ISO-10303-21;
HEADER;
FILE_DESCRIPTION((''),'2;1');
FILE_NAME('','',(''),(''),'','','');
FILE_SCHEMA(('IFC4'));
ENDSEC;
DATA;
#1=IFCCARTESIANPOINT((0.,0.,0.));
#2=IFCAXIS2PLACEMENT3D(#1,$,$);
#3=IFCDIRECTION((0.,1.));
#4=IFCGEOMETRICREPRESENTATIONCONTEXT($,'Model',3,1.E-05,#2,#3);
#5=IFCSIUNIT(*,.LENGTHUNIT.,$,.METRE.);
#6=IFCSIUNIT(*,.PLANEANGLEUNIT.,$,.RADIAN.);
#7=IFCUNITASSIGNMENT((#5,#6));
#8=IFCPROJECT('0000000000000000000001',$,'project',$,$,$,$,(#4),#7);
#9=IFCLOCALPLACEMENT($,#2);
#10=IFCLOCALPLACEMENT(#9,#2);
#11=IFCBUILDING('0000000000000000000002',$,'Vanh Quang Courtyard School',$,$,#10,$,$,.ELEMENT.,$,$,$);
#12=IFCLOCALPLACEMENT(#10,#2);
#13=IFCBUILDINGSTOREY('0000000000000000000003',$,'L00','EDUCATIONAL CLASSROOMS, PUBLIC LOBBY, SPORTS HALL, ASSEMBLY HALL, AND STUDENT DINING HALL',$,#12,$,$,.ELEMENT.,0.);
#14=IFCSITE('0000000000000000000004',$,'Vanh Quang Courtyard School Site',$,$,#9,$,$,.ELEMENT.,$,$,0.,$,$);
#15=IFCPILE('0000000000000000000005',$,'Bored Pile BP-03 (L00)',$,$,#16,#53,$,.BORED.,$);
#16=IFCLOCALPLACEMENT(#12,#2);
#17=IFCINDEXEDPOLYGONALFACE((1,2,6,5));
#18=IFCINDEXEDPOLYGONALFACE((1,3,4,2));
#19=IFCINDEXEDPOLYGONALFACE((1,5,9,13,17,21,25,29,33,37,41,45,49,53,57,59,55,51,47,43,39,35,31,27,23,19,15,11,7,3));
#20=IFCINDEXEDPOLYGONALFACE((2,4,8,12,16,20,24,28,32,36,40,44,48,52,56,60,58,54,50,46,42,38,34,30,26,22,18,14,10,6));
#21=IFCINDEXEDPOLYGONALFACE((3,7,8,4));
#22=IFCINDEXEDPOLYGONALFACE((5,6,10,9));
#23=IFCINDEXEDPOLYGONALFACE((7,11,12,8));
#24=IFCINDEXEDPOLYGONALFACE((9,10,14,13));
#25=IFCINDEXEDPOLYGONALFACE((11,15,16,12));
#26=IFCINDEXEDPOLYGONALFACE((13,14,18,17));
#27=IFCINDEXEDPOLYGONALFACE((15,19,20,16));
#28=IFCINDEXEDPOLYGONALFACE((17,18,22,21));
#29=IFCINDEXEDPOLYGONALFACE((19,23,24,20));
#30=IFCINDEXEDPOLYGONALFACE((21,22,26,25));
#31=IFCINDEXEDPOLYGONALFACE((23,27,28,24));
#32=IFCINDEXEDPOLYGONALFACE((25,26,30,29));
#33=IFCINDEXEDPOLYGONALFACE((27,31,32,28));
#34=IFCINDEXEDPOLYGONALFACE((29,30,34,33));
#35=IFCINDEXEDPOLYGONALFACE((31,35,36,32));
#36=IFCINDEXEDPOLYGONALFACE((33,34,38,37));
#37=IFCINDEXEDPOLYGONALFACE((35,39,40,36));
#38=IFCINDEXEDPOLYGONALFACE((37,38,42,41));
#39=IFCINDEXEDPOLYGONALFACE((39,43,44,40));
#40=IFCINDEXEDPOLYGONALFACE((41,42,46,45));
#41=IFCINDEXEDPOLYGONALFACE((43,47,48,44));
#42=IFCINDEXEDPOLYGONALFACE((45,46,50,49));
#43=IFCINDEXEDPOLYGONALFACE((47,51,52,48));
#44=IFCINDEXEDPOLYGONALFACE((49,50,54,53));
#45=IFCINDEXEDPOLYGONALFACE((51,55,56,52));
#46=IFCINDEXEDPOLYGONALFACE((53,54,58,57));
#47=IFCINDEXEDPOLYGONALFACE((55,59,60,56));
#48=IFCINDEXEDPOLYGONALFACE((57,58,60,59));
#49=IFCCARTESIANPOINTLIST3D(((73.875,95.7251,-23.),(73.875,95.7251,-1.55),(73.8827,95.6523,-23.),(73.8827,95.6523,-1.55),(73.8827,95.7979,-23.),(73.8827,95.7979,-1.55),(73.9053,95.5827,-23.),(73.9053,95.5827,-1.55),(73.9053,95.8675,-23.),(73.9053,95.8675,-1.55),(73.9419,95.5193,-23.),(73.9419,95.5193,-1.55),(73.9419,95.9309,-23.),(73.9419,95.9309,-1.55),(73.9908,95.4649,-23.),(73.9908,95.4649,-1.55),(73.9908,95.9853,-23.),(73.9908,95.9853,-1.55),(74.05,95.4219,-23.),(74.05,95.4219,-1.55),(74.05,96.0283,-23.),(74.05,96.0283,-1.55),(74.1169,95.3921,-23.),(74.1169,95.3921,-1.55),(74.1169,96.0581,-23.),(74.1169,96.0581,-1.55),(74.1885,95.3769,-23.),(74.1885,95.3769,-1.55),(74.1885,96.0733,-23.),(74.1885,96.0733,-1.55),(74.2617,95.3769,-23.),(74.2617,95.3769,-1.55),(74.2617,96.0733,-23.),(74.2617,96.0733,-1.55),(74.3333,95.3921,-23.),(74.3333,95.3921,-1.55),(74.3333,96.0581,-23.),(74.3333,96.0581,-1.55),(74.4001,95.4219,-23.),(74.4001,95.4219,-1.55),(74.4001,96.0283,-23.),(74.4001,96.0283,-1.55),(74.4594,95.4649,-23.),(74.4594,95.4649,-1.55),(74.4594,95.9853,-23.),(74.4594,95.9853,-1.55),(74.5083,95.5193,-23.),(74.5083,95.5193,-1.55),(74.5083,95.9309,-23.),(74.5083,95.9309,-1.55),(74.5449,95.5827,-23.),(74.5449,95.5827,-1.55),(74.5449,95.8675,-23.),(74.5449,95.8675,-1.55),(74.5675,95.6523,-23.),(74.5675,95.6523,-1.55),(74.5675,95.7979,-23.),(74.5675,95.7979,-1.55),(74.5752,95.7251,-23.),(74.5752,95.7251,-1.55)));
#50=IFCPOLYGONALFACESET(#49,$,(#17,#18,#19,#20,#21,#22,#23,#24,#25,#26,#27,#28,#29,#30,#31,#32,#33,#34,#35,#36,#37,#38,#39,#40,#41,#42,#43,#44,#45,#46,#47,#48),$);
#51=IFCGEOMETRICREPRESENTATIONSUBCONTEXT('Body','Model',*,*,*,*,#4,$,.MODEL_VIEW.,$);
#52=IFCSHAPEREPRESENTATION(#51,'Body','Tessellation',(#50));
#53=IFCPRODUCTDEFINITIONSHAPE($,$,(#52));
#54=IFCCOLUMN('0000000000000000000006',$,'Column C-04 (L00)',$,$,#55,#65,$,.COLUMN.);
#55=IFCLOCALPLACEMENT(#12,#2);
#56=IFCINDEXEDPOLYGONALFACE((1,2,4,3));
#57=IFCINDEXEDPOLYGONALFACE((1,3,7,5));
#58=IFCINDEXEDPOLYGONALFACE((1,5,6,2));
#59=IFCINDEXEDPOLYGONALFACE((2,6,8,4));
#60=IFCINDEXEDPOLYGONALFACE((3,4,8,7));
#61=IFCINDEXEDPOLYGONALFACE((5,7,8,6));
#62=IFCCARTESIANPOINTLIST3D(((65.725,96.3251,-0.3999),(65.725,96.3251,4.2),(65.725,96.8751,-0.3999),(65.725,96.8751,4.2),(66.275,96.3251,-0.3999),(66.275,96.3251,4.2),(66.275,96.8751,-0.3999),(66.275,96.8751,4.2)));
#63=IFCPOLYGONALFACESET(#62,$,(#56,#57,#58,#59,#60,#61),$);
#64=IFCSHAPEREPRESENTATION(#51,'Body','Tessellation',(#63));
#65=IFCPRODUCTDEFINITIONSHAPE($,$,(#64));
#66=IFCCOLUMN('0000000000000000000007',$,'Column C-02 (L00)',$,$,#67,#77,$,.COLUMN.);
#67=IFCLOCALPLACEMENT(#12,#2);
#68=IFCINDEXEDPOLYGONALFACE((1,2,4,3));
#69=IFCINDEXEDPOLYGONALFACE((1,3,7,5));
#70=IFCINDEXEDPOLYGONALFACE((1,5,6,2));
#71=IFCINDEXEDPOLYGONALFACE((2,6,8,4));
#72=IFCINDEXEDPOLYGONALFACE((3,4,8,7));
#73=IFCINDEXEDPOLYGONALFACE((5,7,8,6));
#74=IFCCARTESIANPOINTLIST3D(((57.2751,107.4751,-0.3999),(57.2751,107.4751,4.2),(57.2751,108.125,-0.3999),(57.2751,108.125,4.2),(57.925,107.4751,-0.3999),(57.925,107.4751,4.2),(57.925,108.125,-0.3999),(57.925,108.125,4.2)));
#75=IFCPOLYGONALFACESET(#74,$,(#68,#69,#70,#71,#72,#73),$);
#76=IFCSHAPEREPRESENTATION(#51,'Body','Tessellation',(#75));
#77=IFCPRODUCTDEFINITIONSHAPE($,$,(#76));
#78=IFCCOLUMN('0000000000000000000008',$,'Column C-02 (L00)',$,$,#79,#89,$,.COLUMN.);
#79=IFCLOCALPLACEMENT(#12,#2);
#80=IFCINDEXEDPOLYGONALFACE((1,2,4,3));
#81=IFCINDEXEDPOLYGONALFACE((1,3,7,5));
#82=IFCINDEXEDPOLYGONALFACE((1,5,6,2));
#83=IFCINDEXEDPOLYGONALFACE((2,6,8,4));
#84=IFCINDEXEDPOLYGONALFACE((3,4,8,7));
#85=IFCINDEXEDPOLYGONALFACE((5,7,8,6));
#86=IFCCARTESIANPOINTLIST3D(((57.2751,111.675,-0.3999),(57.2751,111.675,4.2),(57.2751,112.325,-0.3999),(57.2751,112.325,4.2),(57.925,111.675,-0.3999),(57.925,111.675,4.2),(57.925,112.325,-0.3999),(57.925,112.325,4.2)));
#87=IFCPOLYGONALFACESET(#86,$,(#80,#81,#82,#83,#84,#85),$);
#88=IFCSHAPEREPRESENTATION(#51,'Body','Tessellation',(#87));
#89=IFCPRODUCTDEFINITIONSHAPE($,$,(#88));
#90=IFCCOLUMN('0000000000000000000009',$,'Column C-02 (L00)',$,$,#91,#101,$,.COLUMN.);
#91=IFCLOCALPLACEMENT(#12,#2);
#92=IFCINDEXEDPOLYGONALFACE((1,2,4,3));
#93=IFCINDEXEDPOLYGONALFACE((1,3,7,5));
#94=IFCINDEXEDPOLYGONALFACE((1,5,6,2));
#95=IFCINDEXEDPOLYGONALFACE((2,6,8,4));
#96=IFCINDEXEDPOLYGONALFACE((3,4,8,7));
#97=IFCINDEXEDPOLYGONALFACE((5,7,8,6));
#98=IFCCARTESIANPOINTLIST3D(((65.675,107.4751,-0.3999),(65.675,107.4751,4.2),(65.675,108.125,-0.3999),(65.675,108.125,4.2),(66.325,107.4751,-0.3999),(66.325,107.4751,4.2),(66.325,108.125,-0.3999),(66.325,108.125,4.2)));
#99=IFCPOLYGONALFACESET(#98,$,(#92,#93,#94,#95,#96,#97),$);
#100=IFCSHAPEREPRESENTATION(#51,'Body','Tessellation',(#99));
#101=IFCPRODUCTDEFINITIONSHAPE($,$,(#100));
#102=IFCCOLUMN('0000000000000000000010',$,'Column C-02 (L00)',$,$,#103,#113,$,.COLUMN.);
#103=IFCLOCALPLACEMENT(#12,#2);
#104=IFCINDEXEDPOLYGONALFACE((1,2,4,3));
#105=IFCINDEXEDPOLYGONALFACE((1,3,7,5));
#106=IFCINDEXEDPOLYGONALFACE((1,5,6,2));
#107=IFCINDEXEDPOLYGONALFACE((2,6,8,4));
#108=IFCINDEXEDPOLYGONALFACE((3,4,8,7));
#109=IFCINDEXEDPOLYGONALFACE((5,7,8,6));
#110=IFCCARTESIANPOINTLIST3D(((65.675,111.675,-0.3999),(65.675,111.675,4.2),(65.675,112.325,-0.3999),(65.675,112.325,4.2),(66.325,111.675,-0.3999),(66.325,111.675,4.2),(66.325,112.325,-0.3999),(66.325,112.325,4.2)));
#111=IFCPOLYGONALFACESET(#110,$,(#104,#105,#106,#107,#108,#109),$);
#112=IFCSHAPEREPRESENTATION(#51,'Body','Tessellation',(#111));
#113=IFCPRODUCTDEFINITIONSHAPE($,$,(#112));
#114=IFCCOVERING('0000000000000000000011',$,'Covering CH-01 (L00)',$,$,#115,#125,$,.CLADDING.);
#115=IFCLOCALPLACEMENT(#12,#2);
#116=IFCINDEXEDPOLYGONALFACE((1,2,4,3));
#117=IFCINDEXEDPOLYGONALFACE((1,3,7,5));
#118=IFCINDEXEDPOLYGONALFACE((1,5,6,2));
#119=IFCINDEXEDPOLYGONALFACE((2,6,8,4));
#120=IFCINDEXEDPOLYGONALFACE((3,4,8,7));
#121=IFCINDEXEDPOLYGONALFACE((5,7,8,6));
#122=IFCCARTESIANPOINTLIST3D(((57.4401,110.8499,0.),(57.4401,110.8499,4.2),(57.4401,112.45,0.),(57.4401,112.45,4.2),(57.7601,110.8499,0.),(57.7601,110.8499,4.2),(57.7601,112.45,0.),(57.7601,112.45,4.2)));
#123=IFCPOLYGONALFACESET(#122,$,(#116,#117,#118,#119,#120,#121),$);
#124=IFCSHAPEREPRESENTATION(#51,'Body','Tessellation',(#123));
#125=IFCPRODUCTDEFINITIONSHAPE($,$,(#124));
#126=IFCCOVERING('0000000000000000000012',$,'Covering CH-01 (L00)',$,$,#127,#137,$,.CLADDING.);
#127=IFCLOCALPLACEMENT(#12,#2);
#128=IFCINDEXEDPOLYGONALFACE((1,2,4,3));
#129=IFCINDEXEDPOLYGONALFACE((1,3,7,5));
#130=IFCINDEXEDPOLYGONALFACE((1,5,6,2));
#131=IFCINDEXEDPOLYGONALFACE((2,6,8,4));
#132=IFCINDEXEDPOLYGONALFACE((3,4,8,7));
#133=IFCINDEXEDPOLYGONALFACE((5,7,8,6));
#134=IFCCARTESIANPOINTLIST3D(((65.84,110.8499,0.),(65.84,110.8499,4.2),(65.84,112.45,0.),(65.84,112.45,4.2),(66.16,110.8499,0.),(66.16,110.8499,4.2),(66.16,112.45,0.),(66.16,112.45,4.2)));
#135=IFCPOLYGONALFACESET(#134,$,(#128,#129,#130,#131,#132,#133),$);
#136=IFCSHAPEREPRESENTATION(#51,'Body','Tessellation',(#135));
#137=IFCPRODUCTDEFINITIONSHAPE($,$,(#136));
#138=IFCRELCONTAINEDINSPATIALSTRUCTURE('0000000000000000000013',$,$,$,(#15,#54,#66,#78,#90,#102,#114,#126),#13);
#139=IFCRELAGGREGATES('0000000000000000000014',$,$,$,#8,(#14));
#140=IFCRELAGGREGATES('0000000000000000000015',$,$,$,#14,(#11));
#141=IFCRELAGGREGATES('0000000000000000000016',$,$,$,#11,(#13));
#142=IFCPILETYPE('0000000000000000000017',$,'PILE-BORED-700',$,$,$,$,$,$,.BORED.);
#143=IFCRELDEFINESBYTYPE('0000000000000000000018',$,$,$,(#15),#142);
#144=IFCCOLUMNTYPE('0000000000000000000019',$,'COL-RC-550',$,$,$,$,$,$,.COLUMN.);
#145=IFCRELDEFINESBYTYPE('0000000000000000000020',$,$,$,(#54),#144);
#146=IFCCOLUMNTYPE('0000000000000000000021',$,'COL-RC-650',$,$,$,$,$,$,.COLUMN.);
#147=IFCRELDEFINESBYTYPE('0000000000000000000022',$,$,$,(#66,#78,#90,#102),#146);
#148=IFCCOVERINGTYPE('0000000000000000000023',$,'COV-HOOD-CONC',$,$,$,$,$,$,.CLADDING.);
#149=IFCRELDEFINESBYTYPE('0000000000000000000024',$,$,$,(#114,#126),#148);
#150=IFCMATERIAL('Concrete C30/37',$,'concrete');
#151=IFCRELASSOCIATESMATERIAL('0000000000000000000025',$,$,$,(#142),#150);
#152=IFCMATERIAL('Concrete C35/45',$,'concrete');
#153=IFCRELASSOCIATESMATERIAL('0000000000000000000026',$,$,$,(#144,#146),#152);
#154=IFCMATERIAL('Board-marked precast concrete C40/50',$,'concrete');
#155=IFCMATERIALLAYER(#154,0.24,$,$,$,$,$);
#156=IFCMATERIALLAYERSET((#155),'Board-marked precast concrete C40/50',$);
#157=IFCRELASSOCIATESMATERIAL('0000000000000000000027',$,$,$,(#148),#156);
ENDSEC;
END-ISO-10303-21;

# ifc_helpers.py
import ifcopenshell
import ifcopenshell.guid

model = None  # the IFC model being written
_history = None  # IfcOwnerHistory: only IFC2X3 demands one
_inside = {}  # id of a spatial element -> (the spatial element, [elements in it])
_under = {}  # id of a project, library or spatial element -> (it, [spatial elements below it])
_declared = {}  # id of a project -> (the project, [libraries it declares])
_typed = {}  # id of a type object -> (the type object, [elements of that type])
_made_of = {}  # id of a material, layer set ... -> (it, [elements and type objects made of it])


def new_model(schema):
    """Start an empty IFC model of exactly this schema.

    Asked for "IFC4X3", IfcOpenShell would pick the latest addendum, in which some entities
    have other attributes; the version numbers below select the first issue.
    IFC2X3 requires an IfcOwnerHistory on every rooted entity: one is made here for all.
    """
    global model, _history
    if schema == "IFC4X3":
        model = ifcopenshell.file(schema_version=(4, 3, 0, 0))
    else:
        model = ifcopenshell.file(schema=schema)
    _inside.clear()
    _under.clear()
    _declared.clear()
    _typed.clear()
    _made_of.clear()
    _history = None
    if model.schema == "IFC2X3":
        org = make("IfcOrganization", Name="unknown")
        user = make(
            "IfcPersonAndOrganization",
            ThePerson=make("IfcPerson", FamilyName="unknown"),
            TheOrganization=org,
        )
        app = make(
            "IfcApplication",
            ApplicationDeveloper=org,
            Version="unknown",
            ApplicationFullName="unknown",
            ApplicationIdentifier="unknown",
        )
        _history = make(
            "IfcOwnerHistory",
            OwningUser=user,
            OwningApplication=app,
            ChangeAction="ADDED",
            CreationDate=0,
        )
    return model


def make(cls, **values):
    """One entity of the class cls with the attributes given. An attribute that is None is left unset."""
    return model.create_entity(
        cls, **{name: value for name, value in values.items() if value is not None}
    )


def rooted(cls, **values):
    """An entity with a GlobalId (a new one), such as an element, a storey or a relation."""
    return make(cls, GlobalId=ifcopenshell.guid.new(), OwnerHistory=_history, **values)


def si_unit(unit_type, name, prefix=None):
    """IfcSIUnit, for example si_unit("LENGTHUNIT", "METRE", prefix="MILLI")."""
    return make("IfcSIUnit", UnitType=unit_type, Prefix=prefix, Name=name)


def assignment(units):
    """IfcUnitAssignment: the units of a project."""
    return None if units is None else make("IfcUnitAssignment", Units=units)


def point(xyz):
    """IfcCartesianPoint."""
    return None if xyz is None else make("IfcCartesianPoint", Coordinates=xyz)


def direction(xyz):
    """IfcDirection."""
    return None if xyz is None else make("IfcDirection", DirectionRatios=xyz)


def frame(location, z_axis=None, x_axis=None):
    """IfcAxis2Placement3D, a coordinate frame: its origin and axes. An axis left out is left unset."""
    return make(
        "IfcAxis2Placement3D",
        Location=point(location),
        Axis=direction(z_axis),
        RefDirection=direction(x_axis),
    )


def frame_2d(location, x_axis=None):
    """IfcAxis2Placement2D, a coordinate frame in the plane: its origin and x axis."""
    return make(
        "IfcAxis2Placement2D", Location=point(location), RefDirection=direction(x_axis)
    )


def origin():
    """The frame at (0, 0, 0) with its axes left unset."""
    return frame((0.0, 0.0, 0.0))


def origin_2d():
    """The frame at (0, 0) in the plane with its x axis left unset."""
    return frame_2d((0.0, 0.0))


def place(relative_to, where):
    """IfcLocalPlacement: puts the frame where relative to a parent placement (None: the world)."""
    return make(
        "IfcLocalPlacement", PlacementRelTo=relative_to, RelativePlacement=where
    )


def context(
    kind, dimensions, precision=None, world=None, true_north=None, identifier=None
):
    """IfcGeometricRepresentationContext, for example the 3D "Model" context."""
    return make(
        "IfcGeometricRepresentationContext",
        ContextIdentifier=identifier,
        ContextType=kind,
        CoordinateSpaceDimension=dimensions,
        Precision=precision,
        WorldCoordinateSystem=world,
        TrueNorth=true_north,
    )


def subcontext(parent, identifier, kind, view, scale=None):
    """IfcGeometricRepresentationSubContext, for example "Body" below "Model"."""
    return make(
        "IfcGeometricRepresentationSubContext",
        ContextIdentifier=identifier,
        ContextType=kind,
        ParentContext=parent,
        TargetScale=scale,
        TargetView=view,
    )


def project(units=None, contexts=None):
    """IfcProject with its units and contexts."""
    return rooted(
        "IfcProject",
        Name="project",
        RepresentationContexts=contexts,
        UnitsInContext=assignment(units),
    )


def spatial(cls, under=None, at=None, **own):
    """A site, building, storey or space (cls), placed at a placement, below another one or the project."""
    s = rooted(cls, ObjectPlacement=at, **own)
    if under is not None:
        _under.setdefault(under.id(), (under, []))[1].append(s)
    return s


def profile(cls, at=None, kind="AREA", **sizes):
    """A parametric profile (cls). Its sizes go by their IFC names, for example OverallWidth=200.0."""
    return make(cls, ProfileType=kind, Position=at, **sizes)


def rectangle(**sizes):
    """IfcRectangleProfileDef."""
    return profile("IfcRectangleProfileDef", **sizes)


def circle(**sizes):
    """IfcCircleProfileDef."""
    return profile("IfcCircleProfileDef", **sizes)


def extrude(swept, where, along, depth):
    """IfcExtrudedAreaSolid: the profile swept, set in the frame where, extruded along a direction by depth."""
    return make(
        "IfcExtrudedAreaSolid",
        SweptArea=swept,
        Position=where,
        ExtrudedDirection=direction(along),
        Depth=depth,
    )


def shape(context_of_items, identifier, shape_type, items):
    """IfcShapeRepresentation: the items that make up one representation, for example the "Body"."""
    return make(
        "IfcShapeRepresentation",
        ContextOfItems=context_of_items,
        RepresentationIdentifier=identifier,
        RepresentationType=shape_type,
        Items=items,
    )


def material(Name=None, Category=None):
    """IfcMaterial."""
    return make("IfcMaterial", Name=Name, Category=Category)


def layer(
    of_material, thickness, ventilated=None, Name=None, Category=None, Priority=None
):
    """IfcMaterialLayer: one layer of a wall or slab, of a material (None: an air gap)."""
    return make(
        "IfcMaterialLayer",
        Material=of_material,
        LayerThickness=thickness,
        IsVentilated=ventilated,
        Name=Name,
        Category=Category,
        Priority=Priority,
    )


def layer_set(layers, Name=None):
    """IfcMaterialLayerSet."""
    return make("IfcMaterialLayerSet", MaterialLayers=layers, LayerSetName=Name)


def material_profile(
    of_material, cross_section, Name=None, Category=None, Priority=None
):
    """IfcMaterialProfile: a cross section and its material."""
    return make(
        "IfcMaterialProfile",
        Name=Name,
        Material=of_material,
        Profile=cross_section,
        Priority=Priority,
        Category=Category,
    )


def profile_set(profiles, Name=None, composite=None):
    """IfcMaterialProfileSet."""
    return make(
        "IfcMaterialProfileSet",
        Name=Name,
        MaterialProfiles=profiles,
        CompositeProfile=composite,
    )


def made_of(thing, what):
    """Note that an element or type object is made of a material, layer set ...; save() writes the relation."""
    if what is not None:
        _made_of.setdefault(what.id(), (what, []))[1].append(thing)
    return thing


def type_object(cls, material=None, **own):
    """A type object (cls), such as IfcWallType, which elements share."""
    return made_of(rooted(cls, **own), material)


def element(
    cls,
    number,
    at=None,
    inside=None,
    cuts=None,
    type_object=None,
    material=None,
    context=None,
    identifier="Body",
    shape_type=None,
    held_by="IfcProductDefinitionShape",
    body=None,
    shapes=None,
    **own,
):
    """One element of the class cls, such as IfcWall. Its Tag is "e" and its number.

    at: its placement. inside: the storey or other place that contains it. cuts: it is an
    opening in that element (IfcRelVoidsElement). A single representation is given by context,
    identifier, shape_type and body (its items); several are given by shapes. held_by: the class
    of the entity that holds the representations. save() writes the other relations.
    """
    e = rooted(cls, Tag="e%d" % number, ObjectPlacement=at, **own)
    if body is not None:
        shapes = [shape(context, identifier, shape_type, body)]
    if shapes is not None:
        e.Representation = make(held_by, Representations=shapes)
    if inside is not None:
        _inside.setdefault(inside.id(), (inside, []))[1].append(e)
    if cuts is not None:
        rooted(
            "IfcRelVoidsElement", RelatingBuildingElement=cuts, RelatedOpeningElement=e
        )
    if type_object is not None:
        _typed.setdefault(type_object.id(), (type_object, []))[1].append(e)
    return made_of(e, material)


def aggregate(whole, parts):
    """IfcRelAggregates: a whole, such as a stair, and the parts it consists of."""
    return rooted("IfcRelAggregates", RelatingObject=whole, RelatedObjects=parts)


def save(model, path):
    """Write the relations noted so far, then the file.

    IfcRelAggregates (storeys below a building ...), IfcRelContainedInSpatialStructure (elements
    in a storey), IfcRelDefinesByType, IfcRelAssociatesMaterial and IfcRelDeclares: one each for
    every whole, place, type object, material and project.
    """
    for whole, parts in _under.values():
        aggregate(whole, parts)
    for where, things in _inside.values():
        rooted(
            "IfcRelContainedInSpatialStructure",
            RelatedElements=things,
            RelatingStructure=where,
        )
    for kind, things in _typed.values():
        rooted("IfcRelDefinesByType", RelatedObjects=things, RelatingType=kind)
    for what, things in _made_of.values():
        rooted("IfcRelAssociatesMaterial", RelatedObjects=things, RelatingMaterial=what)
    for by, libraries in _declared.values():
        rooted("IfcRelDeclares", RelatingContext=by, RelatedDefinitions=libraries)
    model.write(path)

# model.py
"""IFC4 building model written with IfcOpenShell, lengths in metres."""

from ifc_helpers import new_model, si_unit, direction, frame, origin, origin_2d, place, context, subcontext, project, spatial, rectangle, circle, extrude, material, layer, layer_set, material_profile, profile_set, type_object, element, save


model = new_model("IFC4")

# Units and contexts
model_context = context("Model", 3, precision=1e-05, world=origin(), true_north=direction((0.0, 1.0)))
body_context = subcontext(model_context, "Body", "Model", "MODEL_VIEW")
ifc_project = project(units=[si_unit("LENGTHUNIT", "METRE"), si_unit("PLANEANGLEUNIT", "RADIAN")], contexts=[model_context])

# Site, building, storey
site_placement = place(None, origin())
site = spatial("IfcSite", under=ifc_project, at=site_placement, Name="Vanh Quang Courtyard School Site", CompositionType="ELEMENT", RefElevation=0.0)
building_placement = place(site_placement, origin())
building = spatial("IfcBuilding", under=site, at=building_placement, Name="Vanh Quang Courtyard School", CompositionType="ELEMENT")
storey_placement = place(building_placement, origin())
storey = spatial("IfcBuildingStorey", under=building, at=storey_placement, Name="L00", Description="EDUCATIONAL CLASSROOMS, PUBLIC LOBBY, SPORTS HALL, ASSEMBLY HALL, AND STUDENT DINING HALL", CompositionType="ELEMENT", Elevation=0.0)

# Shared definitions
ifc_material_1 = material(Name="Concrete C35/45", Category="concrete")

# Pile
ifc_material_2 = material(Name="Concrete C30/37", Category="concrete")
ifc_material_profile_1 = material_profile(ifc_material_2, circle(Radius=0.3501, at=origin_2d()), Name="PILE D700")
ifc_profile_set_1 = profile_set([ifc_material_profile_1], Name="Concrete C30/37")
pile_type_1 = type_object("IfcPileType", Name="PILE-BORED-700", PredefinedType="BORED", material=ifc_profile_set_1)
pile_placement = place(storey_placement, frame((74.2251, 95.7251, -1.55), z_axis=(0.0, 0.0, -1.0), x_axis=(1.0, 0.0, 0.0)))
element("IfcPile", 1, at=pile_placement, inside=storey, type_object=pile_type_1, Name="Bored Pile BP-03 (L00)", PredefinedType="BORED", context=body_context, shape_type="SweptSolid", body=[
    extrude(circle(Radius=0.3501, at=origin_2d()), origin(), (0.0, 0.0, 1.0), 21.45),
])

# Columns
ifc_material_profile_2 = material_profile(ifc_material_1, rectangle(XDim=0.55, YDim=0.55, at=origin_2d()), Name="RC-COL 550x550")
ifc_profile_set_2 = profile_set([ifc_material_profile_2], Name="Concrete C35/45")
column_type_1 = type_object("IfcColumnType", Name="COL-RC-550", PredefinedType="COLUMN", material=ifc_profile_set_2)
column_placement = place(storey_placement, frame((66.0, 96.6001, -0.3999), z_axis=(0.0, 0.0, 1.0), x_axis=(1.0, 0.0, 0.0)))
element("IfcColumn", 2, at=column_placement, inside=storey, type_object=column_type_1, Name="Column C-04 (L00)", PredefinedType="COLUMN", context=body_context, shape_type="SweptSolid", body=[
    extrude(rectangle(XDim=0.55, YDim=0.55, at=origin_2d()), origin(), (0.0, 0.0, 1.0), 4.5999),
])
ifc_material_profile_3 = material_profile(ifc_material_1, rectangle(XDim=0.6499, YDim=0.6499, at=origin_2d()), Name="RC-COL 650x650")
ifc_profile_set_3 = profile_set([ifc_material_profile_3], Name="Concrete C35/45")
column_type_2 = type_object("IfcColumnType", Name="COL-RC-650", PredefinedType="COLUMN", material=ifc_profile_set_3)
for number, where, z_axis, x_axis, name in (
    (3, (57.6001, 107.8, -0.3999), (0.0, 0.0, 1.0), (1.0, 0.0, 0.0), "Column C-02 (L00)"),
    (4, (57.6001, 112.0, -0.3999), (0.0, 0.0, 1.0), (1.0, 0.0, 0.0), "Column C-02 (L00)"),
    (5, (66.0, 107.8, -0.3999), (0.0, 0.0, 1.0), (1.0, 0.0, 0.0), "Column C-02 (L00)"),
    (6, (66.0, 112.0, -0.3999), (0.0, 0.0, 1.0), (1.0, 0.0, 0.0), "Column C-02 (L00)"),
):
    element("IfcColumn", number, at=place(storey_placement, frame(where, z_axis=z_axis, x_axis=x_axis)), inside=storey, type_object=column_type_2, Name=name, PredefinedType="COLUMN", context=body_context, shape_type="SweptSolid", body=[
        extrude(rectangle(XDim=0.6499, YDim=0.6499, at=origin_2d()), origin(), (0.0, 0.0, 1.0), 4.5999),
    ])

# Coverings
ifc_material_3 = material(Name="Board-marked precast concrete C40/50", Category="concrete")
ifc_layer = layer(ifc_material_3, 0.24)
ifc_layer_set = layer_set([ifc_layer], Name="Board-marked precast concrete C40/50")
covering_type = type_object("IfcCoveringType", Name="COV-HOOD-CONC", PredefinedType="CLADDING", material=ifc_layer_set)
for number, where, z_axis, x_axis, name in (
    (7, (57.6001, 111.6499, 0.0), (0.0, 0.0, 1.0), (0.0, 1.0, 0.0), "Covering CH-01 (L00)"),
    (8, (66.0, 111.6499, 0.0), (0.0, 0.0, 1.0), (0.0, 1.0, 0.0), "Covering CH-01 (L00)"),
):
    element("IfcCovering", number, at=place(storey_placement, frame(where, z_axis=z_axis, x_axis=x_axis)), inside=storey, type_object=covering_type, Name=name, PredefinedType="CLADDING", context=body_context, shape_type="SweptSolid", body=[
        extrude(rectangle(XDim=1.6001, YDim=0.3201, at=origin_2d()), origin(), (0.0, 0.0, 1.0), 4.2),
    ])

save(model, "model.ifc")
